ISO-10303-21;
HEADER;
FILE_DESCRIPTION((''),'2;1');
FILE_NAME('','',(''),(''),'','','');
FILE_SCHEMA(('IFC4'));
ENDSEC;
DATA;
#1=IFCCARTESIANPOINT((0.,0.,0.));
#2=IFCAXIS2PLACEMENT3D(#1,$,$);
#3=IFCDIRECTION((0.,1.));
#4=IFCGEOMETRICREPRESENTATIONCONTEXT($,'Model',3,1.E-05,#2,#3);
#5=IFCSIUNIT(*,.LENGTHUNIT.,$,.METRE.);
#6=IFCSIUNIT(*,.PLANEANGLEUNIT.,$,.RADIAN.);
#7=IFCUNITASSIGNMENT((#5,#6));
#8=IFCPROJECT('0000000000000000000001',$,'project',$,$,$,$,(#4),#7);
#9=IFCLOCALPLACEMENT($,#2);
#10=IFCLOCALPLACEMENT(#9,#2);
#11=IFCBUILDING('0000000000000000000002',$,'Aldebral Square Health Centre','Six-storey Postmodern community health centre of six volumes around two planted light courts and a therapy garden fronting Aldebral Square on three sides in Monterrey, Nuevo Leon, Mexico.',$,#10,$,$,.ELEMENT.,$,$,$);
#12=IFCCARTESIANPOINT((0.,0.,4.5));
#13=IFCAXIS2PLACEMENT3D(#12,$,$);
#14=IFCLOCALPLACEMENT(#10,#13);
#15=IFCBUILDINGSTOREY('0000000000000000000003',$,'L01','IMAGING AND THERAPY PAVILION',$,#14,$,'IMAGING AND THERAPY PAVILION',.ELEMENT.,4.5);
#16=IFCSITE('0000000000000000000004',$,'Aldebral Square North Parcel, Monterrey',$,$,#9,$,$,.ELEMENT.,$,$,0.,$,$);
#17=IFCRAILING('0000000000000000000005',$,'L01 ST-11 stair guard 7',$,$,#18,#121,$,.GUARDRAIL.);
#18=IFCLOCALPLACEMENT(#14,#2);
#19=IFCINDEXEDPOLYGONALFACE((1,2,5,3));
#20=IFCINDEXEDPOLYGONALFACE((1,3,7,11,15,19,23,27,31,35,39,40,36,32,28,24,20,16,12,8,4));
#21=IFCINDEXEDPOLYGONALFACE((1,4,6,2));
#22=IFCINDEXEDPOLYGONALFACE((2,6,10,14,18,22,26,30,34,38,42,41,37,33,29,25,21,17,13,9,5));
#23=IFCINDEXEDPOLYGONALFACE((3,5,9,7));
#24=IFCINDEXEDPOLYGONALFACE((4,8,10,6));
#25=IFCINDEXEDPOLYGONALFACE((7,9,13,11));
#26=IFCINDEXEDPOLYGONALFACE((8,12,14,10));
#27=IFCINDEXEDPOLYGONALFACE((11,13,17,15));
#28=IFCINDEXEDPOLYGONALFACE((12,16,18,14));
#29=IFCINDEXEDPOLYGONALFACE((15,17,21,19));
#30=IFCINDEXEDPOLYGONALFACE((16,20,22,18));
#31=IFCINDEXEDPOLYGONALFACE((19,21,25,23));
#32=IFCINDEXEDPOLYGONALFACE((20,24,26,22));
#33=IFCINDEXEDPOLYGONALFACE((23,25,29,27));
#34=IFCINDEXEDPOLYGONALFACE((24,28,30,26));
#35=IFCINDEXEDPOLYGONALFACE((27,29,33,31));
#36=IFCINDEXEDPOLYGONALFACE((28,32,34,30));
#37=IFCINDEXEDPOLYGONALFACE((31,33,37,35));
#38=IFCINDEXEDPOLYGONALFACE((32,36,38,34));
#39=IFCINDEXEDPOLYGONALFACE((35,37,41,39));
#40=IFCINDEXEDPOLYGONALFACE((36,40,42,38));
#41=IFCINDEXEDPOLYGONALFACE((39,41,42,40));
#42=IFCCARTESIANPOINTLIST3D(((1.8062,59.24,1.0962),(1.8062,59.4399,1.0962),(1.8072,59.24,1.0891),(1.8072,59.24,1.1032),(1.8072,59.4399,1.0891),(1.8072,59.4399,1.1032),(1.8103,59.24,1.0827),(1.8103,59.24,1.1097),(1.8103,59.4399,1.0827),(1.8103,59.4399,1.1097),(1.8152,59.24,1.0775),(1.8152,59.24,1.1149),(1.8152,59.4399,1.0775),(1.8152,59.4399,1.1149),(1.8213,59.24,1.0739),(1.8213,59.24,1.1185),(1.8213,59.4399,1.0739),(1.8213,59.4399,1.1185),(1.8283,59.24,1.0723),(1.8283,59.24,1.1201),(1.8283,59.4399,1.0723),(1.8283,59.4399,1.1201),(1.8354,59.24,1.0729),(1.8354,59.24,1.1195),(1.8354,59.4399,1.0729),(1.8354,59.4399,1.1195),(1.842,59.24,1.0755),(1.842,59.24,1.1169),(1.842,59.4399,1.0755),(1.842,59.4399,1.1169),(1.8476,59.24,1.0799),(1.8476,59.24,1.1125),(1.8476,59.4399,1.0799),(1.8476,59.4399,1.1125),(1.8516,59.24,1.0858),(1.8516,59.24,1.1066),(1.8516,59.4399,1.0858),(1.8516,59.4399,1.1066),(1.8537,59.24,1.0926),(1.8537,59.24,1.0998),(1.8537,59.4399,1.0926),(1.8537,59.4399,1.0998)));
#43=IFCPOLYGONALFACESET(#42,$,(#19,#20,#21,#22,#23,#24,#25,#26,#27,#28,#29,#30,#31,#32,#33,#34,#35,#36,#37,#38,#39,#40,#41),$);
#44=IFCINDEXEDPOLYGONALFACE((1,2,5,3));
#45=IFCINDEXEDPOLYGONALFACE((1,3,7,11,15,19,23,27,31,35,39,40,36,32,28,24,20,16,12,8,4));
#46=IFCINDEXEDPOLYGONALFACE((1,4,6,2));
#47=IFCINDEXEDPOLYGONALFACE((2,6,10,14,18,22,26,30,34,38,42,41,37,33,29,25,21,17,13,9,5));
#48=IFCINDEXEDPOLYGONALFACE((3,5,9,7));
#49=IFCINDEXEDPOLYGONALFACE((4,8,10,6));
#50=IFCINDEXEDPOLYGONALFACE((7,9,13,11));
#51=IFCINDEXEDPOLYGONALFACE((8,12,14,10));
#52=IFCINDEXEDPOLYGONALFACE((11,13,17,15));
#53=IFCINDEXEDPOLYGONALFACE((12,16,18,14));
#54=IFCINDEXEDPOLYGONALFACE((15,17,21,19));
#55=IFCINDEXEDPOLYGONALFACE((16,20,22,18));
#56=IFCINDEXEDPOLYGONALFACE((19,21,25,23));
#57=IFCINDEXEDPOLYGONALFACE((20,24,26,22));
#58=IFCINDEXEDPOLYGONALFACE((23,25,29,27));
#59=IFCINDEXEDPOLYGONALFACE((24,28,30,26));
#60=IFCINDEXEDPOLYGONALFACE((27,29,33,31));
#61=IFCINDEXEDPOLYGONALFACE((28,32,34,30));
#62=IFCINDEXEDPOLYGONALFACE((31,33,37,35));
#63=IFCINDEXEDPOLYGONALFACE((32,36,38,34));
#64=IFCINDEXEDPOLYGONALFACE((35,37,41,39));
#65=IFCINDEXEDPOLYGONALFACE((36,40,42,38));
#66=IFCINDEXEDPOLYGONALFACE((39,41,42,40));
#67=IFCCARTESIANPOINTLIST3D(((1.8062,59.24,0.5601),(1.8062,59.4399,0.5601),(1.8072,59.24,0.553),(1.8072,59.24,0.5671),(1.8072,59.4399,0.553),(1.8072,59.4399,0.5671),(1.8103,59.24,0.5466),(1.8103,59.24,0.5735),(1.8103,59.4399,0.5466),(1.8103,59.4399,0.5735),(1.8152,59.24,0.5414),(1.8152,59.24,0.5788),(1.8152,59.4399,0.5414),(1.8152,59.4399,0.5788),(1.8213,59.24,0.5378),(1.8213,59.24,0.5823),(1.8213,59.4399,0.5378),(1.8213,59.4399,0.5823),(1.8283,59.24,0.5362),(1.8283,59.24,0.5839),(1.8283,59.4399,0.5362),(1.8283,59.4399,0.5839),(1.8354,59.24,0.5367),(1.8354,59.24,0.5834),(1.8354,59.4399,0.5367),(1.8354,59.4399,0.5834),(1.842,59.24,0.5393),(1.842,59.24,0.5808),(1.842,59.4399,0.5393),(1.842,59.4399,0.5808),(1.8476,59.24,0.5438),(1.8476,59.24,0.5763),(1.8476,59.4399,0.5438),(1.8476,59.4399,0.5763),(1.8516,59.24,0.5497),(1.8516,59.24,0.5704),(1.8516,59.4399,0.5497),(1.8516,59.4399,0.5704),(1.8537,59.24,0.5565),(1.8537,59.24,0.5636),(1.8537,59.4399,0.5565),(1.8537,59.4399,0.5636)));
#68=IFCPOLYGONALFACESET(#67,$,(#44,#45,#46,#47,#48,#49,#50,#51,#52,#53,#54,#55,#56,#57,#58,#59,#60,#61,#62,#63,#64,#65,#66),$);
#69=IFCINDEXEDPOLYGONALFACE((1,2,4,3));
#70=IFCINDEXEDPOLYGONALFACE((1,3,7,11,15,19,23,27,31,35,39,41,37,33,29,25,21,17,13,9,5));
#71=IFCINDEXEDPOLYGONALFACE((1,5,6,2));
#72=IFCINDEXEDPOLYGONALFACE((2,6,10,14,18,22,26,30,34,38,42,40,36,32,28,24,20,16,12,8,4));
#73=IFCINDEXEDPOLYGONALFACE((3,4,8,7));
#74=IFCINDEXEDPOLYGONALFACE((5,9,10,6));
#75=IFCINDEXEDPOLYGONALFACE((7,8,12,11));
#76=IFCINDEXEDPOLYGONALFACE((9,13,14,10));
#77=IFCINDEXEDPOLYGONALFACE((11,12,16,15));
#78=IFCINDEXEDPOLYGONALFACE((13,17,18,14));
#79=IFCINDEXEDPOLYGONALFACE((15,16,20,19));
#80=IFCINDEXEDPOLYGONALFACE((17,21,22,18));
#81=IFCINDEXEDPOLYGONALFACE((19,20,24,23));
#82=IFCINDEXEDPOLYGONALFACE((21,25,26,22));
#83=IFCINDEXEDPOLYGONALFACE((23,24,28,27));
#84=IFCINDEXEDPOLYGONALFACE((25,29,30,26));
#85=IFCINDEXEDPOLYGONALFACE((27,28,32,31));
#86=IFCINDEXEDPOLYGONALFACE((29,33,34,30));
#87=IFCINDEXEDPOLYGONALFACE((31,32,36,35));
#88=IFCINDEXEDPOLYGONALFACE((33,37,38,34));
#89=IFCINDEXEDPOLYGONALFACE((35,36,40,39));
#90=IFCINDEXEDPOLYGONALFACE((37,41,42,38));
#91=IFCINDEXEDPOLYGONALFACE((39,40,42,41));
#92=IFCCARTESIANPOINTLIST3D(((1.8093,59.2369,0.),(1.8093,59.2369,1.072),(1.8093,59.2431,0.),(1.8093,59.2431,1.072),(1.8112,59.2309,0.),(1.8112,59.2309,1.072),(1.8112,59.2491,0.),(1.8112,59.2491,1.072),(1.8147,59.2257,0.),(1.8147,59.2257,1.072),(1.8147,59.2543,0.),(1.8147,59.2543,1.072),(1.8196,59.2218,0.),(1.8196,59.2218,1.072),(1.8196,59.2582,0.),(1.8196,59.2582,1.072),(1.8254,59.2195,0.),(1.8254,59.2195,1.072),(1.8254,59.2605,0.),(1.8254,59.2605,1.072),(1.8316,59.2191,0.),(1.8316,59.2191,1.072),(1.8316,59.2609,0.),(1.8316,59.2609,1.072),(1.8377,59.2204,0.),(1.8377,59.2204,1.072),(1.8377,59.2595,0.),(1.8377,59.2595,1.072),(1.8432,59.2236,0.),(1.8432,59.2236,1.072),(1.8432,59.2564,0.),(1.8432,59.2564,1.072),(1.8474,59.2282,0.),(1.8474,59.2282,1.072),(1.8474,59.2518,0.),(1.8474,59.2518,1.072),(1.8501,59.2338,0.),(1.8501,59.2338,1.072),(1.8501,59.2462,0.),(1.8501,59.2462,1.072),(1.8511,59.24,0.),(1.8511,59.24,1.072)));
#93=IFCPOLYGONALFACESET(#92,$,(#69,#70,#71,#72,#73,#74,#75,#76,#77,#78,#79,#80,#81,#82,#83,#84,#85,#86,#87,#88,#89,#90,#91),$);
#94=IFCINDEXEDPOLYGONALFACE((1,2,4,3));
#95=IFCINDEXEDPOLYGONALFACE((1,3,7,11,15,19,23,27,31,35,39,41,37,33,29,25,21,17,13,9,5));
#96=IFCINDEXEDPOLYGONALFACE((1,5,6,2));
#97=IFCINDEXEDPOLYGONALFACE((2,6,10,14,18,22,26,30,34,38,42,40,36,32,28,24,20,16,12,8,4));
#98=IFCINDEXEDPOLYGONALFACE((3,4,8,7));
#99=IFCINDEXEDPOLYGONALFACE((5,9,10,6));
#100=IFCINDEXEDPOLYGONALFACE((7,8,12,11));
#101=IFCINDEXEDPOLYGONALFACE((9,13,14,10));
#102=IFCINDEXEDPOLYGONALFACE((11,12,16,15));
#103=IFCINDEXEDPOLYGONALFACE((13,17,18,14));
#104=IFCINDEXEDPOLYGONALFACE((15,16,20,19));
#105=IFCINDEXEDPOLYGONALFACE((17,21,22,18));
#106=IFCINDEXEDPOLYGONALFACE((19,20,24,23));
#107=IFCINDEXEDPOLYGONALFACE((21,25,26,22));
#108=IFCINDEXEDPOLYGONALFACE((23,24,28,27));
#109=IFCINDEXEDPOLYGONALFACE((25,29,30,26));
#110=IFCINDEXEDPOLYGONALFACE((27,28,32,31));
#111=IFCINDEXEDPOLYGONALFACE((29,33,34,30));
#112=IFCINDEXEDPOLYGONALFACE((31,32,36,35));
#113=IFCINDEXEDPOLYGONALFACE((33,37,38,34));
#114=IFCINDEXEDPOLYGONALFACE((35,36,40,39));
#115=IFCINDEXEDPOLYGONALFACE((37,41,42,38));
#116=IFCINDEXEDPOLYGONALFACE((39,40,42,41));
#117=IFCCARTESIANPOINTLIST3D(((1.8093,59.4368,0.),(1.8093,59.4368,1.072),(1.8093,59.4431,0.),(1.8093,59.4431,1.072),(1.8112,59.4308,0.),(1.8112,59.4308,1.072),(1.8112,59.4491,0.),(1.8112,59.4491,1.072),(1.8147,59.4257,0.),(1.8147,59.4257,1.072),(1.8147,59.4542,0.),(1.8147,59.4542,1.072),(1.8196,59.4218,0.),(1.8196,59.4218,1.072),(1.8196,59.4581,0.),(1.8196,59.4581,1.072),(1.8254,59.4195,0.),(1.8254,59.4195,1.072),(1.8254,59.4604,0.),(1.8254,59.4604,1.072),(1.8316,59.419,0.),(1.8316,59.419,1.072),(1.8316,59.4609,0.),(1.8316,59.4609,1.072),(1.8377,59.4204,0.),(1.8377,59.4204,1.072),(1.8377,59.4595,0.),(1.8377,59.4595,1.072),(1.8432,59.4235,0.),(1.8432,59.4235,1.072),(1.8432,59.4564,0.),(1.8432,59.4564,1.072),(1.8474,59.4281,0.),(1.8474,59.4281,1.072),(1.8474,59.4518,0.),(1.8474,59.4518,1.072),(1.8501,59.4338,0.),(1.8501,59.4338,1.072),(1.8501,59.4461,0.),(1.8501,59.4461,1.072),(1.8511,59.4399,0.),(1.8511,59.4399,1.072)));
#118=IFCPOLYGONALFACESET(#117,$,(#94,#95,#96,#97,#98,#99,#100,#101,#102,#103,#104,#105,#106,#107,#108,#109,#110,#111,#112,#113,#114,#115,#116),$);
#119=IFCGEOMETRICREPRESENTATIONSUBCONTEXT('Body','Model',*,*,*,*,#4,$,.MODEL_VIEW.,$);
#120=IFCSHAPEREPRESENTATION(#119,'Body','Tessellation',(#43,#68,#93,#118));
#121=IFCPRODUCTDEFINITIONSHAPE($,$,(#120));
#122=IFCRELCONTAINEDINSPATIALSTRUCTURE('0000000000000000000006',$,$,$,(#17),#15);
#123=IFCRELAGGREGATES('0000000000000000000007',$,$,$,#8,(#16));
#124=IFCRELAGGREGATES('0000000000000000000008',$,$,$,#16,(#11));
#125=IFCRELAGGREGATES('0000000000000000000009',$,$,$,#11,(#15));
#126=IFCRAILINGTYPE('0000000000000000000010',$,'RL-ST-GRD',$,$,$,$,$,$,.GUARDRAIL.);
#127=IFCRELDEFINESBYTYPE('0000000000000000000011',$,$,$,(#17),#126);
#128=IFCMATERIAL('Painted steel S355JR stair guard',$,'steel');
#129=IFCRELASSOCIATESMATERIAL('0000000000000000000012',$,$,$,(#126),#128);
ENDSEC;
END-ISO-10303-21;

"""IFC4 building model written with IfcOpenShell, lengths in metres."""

from ifc_helpers import new_model, si_unit, direction, frame, origin, origin_2d, place, context, subcontext, project, spatial, circle, extrude, material, type_object, element, save


model = new_model("IFC4")

# Units and contexts
model_context = context("Model", 3, precision=1e-05, world=origin(), true_north=direction((0.0, 1.0)))
body_context = subcontext(model_context, "Body", "Model", "MODEL_VIEW")
ifc_project = project(units=[si_unit("LENGTHUNIT", "METRE"), si_unit("PLANEANGLEUNIT", "RADIAN")], contexts=[model_context])

# Site, building, storey
site_placement = place(None, origin())
site = spatial("IfcSite", under=ifc_project, at=site_placement, Name="Aldebral Square North Parcel, Monterrey", CompositionType="ELEMENT", RefElevation=0.0)
building_placement = place(site_placement, origin())
building = spatial("IfcBuilding", under=site, at=building_placement, Name="Aldebral Square Health Centre", Description="Six-storey Postmodern community health centre of six volumes around two planted light courts and a therapy garden fronting Aldebral Square on three sides in Monterrey, Nuevo Leon, Mexico.", CompositionType="ELEMENT")
storey_placement = place(building_placement, frame((0.0, 0.0, 4.5)))
storey = spatial("IfcBuildingStorey", under=building, at=storey_placement, Name="L01", Description="IMAGING AND THERAPY PAVILION", LongName="IMAGING AND THERAPY PAVILION", CompositionType="ELEMENT", Elevation=4.5)

# Railing
ifc_material_1 = material(Name="Painted steel S355JR stair guard", Category="steel")
railing_type_1 = type_object("IfcRailingType", Name="RL-ST-GRD", PredefinedType="GUARDRAIL", material=ifc_material_1)
railing_1_placement = place(storey_placement, frame((1.8301, 59.24, 0.0)))
element("IfcRailing", 1, at=railing_1_placement, inside=storey, type_object=railing_type_1, Name="L01 ST-11 stair guard 7", PredefinedType="GUARDRAIL", context=body_context, shape_type="SweptSolid", body=[
    extrude(circle(Radius=0.0239, at=origin_2d()), frame((0.0, 0.0, 1.0962), z_axis=(0.0, 1.0, 0.0), x_axis=(-1.0, 0.0, 0.0)), (0.0, 0.0, 1.0), 0.2),
    extrude(circle(Radius=0.0239, at=origin_2d()), frame((0.0, 0.0, 0.5601), z_axis=(0.0, 1.0, 0.0), x_axis=(-1.0, 0.0, 0.0)), (0.0, 0.0, 1.0), 0.2),
    extrude(circle(Radius=0.021, at=origin_2d()), origin(), (0.0, 0.0, 1.0), 1.072),
    extrude(circle(Radius=0.021, at=origin_2d()), frame((0.0, 0.2, 0.0)), (0.0, 0.0, 1.0), 1.072),
])

save(model, "model.ifc")
